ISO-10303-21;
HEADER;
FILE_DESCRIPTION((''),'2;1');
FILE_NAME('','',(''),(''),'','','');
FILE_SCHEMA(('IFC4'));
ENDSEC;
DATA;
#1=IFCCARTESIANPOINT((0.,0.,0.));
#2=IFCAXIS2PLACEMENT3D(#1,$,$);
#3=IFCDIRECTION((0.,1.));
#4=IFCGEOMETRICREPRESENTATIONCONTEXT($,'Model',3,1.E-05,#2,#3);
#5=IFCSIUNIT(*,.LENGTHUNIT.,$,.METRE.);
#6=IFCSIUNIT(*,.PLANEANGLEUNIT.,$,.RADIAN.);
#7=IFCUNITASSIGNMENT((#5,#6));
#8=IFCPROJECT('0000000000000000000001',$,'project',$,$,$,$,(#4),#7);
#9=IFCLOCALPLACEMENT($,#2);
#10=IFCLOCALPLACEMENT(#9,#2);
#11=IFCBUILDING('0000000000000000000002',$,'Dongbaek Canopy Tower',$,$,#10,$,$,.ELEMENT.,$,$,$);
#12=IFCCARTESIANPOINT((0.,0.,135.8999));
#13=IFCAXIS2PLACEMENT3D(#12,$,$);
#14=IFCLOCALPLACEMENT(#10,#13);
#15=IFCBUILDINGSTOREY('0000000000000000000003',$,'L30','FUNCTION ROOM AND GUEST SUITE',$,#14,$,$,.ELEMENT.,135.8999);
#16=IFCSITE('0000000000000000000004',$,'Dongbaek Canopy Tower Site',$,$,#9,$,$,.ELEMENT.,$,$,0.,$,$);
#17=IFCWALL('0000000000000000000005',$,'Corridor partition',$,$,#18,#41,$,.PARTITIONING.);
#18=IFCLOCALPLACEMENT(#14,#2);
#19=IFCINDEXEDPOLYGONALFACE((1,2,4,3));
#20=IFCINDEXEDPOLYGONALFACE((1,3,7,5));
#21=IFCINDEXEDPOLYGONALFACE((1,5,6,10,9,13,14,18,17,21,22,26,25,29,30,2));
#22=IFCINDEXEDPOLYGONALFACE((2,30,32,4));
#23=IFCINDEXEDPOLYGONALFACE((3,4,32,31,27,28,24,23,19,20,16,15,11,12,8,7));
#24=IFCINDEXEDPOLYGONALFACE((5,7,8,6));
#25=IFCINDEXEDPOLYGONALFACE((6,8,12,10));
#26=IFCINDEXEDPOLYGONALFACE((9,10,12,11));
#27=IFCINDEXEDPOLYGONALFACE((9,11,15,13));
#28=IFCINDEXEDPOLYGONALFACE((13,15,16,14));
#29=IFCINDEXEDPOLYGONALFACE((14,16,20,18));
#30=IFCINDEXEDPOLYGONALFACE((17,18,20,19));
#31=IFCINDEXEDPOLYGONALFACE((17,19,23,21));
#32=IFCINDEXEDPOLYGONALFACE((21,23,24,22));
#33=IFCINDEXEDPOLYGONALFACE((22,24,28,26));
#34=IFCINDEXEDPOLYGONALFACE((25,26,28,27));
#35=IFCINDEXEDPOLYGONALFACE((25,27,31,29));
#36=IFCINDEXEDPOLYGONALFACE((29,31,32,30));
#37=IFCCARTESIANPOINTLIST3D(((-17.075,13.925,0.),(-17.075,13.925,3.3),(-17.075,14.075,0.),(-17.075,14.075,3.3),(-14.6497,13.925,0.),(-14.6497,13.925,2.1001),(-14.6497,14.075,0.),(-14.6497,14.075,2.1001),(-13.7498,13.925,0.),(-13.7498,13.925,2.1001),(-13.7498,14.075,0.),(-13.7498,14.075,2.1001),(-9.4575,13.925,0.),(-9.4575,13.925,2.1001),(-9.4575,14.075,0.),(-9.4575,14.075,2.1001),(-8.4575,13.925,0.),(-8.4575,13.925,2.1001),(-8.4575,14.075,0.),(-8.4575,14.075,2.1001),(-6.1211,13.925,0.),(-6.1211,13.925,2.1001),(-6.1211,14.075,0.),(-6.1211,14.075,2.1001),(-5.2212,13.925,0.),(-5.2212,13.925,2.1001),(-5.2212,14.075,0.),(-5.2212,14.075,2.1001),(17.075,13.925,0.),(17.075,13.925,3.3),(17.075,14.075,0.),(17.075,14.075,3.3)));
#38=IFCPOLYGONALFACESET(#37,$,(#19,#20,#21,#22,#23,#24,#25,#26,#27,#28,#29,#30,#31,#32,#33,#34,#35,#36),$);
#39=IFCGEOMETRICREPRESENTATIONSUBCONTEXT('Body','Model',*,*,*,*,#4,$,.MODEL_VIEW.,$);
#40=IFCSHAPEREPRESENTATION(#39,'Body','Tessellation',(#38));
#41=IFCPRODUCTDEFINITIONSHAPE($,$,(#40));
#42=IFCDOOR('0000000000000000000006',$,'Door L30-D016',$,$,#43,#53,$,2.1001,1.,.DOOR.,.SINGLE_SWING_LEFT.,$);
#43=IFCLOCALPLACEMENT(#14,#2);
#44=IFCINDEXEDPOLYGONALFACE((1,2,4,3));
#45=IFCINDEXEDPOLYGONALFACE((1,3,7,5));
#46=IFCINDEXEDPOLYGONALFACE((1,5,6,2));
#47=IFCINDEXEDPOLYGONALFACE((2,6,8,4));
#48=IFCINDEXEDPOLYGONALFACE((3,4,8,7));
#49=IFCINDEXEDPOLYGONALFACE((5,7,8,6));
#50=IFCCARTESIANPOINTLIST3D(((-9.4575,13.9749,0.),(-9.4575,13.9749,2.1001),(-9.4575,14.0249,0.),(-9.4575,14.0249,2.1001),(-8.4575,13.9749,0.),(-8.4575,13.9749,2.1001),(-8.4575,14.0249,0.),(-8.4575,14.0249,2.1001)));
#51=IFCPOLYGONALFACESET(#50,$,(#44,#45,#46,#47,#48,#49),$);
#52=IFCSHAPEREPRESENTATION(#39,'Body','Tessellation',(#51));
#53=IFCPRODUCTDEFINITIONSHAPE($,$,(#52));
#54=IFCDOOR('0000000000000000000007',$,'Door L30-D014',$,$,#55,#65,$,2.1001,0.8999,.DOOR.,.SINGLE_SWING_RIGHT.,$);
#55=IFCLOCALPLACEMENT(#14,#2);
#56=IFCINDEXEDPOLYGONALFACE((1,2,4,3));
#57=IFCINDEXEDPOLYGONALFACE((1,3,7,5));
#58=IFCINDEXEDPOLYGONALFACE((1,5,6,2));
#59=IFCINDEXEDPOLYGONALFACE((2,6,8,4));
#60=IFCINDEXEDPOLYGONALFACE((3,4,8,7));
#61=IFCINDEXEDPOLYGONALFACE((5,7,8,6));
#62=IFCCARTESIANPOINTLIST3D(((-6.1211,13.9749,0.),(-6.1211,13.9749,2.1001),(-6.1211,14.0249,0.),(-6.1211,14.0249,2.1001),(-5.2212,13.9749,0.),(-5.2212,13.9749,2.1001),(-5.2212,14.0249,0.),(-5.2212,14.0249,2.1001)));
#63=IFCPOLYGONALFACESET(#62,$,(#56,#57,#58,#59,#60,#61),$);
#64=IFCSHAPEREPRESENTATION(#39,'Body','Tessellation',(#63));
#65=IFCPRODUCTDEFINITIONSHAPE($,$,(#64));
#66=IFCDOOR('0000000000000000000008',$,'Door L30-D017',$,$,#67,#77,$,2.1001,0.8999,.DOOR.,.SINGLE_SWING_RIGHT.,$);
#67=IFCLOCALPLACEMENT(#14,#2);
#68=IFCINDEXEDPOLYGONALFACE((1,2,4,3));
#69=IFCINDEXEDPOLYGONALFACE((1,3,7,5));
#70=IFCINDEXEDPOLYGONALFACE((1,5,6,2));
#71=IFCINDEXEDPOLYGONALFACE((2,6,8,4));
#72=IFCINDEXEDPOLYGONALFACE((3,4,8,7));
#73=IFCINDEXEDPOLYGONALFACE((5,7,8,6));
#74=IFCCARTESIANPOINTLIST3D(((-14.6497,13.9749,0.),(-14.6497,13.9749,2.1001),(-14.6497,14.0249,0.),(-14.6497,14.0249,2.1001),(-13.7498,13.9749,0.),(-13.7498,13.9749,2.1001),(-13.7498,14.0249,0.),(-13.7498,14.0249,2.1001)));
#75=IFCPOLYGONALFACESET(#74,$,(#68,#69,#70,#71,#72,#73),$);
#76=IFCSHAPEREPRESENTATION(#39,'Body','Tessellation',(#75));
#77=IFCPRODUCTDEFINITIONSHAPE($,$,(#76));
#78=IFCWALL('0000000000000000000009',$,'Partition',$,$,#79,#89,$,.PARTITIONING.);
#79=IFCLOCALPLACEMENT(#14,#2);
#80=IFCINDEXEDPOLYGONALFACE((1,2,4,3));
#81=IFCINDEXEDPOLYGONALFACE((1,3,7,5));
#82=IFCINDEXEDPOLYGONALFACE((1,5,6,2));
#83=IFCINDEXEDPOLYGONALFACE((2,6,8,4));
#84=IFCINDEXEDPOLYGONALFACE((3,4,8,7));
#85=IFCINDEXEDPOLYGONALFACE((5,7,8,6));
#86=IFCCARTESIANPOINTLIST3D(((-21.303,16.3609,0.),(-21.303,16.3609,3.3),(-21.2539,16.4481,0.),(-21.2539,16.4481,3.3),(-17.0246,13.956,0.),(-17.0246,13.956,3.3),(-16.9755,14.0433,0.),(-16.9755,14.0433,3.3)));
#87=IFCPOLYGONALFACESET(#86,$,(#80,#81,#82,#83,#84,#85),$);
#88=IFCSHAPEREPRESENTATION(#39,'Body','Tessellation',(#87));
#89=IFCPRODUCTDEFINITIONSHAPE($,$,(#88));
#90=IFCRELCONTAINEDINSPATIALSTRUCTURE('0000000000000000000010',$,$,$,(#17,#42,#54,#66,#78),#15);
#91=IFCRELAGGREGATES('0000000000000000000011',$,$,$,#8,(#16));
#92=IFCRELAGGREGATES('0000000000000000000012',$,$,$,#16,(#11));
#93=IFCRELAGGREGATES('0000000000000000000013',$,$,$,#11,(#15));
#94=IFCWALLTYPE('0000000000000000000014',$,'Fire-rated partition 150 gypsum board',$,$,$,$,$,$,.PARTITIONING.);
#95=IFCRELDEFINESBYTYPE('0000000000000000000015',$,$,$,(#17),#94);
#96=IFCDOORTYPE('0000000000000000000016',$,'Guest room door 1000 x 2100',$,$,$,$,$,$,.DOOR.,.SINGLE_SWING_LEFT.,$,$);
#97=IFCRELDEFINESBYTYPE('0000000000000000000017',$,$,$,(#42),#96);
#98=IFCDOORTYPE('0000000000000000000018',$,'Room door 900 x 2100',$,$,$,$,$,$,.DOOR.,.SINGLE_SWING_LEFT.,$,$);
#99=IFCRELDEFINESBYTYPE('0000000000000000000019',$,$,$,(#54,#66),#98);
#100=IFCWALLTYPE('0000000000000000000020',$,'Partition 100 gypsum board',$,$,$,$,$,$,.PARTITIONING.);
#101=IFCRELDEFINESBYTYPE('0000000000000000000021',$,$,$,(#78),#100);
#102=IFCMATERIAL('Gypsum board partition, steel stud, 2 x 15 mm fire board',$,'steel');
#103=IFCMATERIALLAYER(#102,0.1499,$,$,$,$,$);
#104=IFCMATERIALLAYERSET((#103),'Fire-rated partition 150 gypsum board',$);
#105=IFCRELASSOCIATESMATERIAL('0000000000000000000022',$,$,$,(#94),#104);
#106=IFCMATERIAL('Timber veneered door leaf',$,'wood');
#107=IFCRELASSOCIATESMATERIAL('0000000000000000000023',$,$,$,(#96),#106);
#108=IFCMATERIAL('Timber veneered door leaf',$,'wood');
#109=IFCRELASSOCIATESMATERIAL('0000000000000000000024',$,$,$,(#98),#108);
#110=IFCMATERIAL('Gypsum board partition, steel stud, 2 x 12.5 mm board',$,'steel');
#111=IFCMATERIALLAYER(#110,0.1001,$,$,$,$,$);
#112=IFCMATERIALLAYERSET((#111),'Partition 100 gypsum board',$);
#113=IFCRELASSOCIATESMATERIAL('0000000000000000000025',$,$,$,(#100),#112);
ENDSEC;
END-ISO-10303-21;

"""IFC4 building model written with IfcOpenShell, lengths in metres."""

from ifc_helpers import new_model, si_unit, direction, frame, frame_2d, origin, place, context, subcontext, project, spatial, rectangle, extrude, material, layer, layer_set, type_object, element, fill, save


model = new_model("IFC4")

# Units and contexts
model_context = context("Model", 3, precision=1e-05, world=origin(), true_north=direction((0.0, 1.0)))
body_context = subcontext(model_context, "Body", "Model", "MODEL_VIEW")
ifc_project = project(units=[si_unit("LENGTHUNIT", "METRE"), si_unit("PLANEANGLEUNIT", "RADIAN")], contexts=[model_context])

# Site, building, storey
site_placement = place(None, origin())
site = spatial("IfcSite", under=ifc_project, at=site_placement, Name="Dongbaek Canopy Tower Site", CompositionType="ELEMENT", RefElevation=0.0)
building_placement = place(site_placement, origin())
building = spatial("IfcBuilding", under=site, at=building_placement, Name="Dongbaek Canopy Tower", CompositionType="ELEMENT")
storey_placement = place(building_placement, frame((0.0, 0.0, 135.8999)))
storey = spatial("IfcBuildingStorey", under=building, at=storey_placement, Name="L30", Description="FUNCTION ROOM AND GUEST SUITE", CompositionType="ELEMENT", Elevation=135.8999)

# Wall, openings, doors
ifc_material_1 = material(Name="Gypsum board partition, steel stud, 2 x 15 mm fire board", Category="steel")
ifc_layer_1 = layer(ifc_material_1, 0.1499)
ifc_layer_set_1 = layer_set([ifc_layer_1], Name="Fire-rated partition 150 gypsum board")
wall_type_1 = type_object("IfcWallType", Name="Fire-rated partition 150 gypsum board", PredefinedType="PARTITIONING", material=ifc_layer_set_1)
wall_1_placement = place(storey_placement, frame((-17.075, 14.0, 0.0), z_axis=(0.0, 0.0, 1.0), x_axis=(1.0, 0.0, 0.0)))
wall_1 = element("IfcWall", 1, at=wall_1_placement, inside=storey, type_object=wall_type_1, Name="Corridor partition", PredefinedType="PARTITIONING", context=body_context, shape_type="SweptSolid", body=[
    extrude(rectangle(XDim=34.1499, YDim=0.1499, at=frame_2d((17.075, 0.0))), origin(), (0.0, 0.0, 1.0), 3.3),
])
opening_1_placement = place(wall_1_placement, frame((10.9539, 0.0, 0.0)))
opening_1 = element("IfcOpeningElement", 2, at=opening_1_placement, cuts=wall_1, PredefinedType="OPENING", context=body_context, shape_type="SweptSolid", body=[
    extrude(rectangle(XDim=0.8999, YDim=2.1001, at=frame_2d((0.45, 1.05))), frame((0.0, 0.085, 0.0), z_axis=(0.0, -1.0, 0.0), x_axis=(1.0, 0.0, 0.0)), (0.0, 0.0, 1.0), 0.1699),
])
opening_2_placement = place(wall_1_placement, frame((7.6174, 0.0, 0.0)))
opening_2 = element("IfcOpeningElement", 3, at=opening_2_placement, cuts=wall_1, PredefinedType="OPENING", context=body_context, shape_type="SweptSolid", body=[
    extrude(rectangle(XDim=1.0, YDim=2.1001, at=frame_2d((0.5, 1.05))), frame((0.0, 0.085, 0.0), z_axis=(0.0, -1.0, 0.0), x_axis=(1.0, 0.0, 0.0)), (0.0, 0.0, 1.0), 0.1699),
])
opening_3_placement = place(wall_1_placement, frame((2.4253, 0.0, 0.0)))
opening_3 = element("IfcOpeningElement", 4, at=opening_3_placement, cuts=wall_1, PredefinedType="OPENING", context=body_context, shape_type="SweptSolid", body=[
    extrude(rectangle(XDim=0.8999, YDim=2.1001, at=frame_2d((0.45, 1.05))), frame((0.0, 0.085, 0.0), z_axis=(0.0, -1.0, 0.0), x_axis=(1.0, 0.0, 0.0)), (0.0, 0.0, 1.0), 0.1699),
])
ifc_material_2 = material(Name="Timber veneered door leaf", Category="wood")
door_type_1 = type_object("IfcDoorType", Name="Guest room door 1000 x 2100", OperationType="SINGLE_SWING_LEFT", PredefinedType="DOOR", material=ifc_material_2)
door_1_placement = place(opening_2_placement, origin())
door_1 = element("IfcDoor", 5, at=door_1_placement, inside=storey, type_object=door_type_1, Name="Door L30-D016", OperationType="SINGLE_SWING_LEFT", OverallHeight=2.1001, OverallWidth=1.0, PredefinedType="DOOR", context=body_context, shape_type="SweptSolid", body=[
    extrude(rectangle(XDim=1.0, YDim=2.1001, at=frame_2d((0.5, 1.05))), frame((0.0, 0.0249, 0.0), z_axis=(0.0, -1.0, 0.0), x_axis=(1.0, 0.0, 0.0)), (0.0, 0.0, 1.0), 0.05),
])
fill(opening_2, door_1)
ifc_material_3 = material(Name="Timber veneered door leaf", Category="wood")
door_type_2 = type_object("IfcDoorType", Name="Room door 900 x 2100", OperationType="SINGLE_SWING_LEFT", PredefinedType="DOOR", material=ifc_material_3)
door_2_placement = place(opening_1_placement, origin())
door_2 = element("IfcDoor", 6, at=door_2_placement, inside=storey, type_object=door_type_2, Name="Door L30-D014", OperationType="SINGLE_SWING_RIGHT", OverallHeight=2.1001, OverallWidth=0.8999, PredefinedType="DOOR", context=body_context, shape_type="SweptSolid", body=[
    extrude(rectangle(XDim=0.8999, YDim=2.1001, at=frame_2d((0.45, 1.05))), frame((0.0, 0.0249, 0.0), z_axis=(0.0, -1.0, 0.0), x_axis=(1.0, 0.0, 0.0)), (0.0, 0.0, 1.0), 0.05),
])
fill(opening_1, door_2)
door_3_placement = place(opening_3_placement, origin())
door_3 = element("IfcDoor", 7, at=door_3_placement, inside=storey, type_object=door_type_2, Name="Door L30-D017", OperationType="SINGLE_SWING_RIGHT", OverallHeight=2.1001, OverallWidth=0.8999, PredefinedType="DOOR", context=body_context, shape_type="SweptSolid", body=[
    extrude(rectangle(XDim=0.8999, YDim=2.1001, at=frame_2d((0.45, 1.05))), frame((0.0, 0.0249, 0.0), z_axis=(0.0, -1.0, 0.0), x_axis=(1.0, 0.0, 0.0)), (0.0, 0.0, 1.0), 0.05),
])
fill(opening_3, door_3)

# Wall
ifc_material_4 = material(Name="Gypsum board partition, steel stud, 2 x 12.5 mm board", Category="steel")
ifc_layer_2 = layer(ifc_material_4, 0.1001)
ifc_layer_set_2 = layer_set([ifc_layer_2], Name="Partition 100 gypsum board")
wall_type_2 = type_object("IfcWallType", Name="Partition 100 gypsum board", PredefinedType="PARTITIONING", material=ifc_layer_set_2)
wall_2_placement = place(storey_placement, frame((-21.2786, 16.4045, 0.0), z_axis=(0.0, 0.0, 1.0), x_axis=(0.87173, -0.489987, 0.0)))
element("IfcWall", 8, at=wall_2_placement, inside=storey, type_object=wall_type_2, Name="Partition", PredefinedType="PARTITIONING", context=body_context, shape_type="SweptSolid", body=[
    extrude(rectangle(XDim=4.908, YDim=0.1001, at=frame_2d((2.4541, 0.0))), origin(), (0.0, 0.0, 1.0), 3.3),
])

save(model, "model.ifc")
